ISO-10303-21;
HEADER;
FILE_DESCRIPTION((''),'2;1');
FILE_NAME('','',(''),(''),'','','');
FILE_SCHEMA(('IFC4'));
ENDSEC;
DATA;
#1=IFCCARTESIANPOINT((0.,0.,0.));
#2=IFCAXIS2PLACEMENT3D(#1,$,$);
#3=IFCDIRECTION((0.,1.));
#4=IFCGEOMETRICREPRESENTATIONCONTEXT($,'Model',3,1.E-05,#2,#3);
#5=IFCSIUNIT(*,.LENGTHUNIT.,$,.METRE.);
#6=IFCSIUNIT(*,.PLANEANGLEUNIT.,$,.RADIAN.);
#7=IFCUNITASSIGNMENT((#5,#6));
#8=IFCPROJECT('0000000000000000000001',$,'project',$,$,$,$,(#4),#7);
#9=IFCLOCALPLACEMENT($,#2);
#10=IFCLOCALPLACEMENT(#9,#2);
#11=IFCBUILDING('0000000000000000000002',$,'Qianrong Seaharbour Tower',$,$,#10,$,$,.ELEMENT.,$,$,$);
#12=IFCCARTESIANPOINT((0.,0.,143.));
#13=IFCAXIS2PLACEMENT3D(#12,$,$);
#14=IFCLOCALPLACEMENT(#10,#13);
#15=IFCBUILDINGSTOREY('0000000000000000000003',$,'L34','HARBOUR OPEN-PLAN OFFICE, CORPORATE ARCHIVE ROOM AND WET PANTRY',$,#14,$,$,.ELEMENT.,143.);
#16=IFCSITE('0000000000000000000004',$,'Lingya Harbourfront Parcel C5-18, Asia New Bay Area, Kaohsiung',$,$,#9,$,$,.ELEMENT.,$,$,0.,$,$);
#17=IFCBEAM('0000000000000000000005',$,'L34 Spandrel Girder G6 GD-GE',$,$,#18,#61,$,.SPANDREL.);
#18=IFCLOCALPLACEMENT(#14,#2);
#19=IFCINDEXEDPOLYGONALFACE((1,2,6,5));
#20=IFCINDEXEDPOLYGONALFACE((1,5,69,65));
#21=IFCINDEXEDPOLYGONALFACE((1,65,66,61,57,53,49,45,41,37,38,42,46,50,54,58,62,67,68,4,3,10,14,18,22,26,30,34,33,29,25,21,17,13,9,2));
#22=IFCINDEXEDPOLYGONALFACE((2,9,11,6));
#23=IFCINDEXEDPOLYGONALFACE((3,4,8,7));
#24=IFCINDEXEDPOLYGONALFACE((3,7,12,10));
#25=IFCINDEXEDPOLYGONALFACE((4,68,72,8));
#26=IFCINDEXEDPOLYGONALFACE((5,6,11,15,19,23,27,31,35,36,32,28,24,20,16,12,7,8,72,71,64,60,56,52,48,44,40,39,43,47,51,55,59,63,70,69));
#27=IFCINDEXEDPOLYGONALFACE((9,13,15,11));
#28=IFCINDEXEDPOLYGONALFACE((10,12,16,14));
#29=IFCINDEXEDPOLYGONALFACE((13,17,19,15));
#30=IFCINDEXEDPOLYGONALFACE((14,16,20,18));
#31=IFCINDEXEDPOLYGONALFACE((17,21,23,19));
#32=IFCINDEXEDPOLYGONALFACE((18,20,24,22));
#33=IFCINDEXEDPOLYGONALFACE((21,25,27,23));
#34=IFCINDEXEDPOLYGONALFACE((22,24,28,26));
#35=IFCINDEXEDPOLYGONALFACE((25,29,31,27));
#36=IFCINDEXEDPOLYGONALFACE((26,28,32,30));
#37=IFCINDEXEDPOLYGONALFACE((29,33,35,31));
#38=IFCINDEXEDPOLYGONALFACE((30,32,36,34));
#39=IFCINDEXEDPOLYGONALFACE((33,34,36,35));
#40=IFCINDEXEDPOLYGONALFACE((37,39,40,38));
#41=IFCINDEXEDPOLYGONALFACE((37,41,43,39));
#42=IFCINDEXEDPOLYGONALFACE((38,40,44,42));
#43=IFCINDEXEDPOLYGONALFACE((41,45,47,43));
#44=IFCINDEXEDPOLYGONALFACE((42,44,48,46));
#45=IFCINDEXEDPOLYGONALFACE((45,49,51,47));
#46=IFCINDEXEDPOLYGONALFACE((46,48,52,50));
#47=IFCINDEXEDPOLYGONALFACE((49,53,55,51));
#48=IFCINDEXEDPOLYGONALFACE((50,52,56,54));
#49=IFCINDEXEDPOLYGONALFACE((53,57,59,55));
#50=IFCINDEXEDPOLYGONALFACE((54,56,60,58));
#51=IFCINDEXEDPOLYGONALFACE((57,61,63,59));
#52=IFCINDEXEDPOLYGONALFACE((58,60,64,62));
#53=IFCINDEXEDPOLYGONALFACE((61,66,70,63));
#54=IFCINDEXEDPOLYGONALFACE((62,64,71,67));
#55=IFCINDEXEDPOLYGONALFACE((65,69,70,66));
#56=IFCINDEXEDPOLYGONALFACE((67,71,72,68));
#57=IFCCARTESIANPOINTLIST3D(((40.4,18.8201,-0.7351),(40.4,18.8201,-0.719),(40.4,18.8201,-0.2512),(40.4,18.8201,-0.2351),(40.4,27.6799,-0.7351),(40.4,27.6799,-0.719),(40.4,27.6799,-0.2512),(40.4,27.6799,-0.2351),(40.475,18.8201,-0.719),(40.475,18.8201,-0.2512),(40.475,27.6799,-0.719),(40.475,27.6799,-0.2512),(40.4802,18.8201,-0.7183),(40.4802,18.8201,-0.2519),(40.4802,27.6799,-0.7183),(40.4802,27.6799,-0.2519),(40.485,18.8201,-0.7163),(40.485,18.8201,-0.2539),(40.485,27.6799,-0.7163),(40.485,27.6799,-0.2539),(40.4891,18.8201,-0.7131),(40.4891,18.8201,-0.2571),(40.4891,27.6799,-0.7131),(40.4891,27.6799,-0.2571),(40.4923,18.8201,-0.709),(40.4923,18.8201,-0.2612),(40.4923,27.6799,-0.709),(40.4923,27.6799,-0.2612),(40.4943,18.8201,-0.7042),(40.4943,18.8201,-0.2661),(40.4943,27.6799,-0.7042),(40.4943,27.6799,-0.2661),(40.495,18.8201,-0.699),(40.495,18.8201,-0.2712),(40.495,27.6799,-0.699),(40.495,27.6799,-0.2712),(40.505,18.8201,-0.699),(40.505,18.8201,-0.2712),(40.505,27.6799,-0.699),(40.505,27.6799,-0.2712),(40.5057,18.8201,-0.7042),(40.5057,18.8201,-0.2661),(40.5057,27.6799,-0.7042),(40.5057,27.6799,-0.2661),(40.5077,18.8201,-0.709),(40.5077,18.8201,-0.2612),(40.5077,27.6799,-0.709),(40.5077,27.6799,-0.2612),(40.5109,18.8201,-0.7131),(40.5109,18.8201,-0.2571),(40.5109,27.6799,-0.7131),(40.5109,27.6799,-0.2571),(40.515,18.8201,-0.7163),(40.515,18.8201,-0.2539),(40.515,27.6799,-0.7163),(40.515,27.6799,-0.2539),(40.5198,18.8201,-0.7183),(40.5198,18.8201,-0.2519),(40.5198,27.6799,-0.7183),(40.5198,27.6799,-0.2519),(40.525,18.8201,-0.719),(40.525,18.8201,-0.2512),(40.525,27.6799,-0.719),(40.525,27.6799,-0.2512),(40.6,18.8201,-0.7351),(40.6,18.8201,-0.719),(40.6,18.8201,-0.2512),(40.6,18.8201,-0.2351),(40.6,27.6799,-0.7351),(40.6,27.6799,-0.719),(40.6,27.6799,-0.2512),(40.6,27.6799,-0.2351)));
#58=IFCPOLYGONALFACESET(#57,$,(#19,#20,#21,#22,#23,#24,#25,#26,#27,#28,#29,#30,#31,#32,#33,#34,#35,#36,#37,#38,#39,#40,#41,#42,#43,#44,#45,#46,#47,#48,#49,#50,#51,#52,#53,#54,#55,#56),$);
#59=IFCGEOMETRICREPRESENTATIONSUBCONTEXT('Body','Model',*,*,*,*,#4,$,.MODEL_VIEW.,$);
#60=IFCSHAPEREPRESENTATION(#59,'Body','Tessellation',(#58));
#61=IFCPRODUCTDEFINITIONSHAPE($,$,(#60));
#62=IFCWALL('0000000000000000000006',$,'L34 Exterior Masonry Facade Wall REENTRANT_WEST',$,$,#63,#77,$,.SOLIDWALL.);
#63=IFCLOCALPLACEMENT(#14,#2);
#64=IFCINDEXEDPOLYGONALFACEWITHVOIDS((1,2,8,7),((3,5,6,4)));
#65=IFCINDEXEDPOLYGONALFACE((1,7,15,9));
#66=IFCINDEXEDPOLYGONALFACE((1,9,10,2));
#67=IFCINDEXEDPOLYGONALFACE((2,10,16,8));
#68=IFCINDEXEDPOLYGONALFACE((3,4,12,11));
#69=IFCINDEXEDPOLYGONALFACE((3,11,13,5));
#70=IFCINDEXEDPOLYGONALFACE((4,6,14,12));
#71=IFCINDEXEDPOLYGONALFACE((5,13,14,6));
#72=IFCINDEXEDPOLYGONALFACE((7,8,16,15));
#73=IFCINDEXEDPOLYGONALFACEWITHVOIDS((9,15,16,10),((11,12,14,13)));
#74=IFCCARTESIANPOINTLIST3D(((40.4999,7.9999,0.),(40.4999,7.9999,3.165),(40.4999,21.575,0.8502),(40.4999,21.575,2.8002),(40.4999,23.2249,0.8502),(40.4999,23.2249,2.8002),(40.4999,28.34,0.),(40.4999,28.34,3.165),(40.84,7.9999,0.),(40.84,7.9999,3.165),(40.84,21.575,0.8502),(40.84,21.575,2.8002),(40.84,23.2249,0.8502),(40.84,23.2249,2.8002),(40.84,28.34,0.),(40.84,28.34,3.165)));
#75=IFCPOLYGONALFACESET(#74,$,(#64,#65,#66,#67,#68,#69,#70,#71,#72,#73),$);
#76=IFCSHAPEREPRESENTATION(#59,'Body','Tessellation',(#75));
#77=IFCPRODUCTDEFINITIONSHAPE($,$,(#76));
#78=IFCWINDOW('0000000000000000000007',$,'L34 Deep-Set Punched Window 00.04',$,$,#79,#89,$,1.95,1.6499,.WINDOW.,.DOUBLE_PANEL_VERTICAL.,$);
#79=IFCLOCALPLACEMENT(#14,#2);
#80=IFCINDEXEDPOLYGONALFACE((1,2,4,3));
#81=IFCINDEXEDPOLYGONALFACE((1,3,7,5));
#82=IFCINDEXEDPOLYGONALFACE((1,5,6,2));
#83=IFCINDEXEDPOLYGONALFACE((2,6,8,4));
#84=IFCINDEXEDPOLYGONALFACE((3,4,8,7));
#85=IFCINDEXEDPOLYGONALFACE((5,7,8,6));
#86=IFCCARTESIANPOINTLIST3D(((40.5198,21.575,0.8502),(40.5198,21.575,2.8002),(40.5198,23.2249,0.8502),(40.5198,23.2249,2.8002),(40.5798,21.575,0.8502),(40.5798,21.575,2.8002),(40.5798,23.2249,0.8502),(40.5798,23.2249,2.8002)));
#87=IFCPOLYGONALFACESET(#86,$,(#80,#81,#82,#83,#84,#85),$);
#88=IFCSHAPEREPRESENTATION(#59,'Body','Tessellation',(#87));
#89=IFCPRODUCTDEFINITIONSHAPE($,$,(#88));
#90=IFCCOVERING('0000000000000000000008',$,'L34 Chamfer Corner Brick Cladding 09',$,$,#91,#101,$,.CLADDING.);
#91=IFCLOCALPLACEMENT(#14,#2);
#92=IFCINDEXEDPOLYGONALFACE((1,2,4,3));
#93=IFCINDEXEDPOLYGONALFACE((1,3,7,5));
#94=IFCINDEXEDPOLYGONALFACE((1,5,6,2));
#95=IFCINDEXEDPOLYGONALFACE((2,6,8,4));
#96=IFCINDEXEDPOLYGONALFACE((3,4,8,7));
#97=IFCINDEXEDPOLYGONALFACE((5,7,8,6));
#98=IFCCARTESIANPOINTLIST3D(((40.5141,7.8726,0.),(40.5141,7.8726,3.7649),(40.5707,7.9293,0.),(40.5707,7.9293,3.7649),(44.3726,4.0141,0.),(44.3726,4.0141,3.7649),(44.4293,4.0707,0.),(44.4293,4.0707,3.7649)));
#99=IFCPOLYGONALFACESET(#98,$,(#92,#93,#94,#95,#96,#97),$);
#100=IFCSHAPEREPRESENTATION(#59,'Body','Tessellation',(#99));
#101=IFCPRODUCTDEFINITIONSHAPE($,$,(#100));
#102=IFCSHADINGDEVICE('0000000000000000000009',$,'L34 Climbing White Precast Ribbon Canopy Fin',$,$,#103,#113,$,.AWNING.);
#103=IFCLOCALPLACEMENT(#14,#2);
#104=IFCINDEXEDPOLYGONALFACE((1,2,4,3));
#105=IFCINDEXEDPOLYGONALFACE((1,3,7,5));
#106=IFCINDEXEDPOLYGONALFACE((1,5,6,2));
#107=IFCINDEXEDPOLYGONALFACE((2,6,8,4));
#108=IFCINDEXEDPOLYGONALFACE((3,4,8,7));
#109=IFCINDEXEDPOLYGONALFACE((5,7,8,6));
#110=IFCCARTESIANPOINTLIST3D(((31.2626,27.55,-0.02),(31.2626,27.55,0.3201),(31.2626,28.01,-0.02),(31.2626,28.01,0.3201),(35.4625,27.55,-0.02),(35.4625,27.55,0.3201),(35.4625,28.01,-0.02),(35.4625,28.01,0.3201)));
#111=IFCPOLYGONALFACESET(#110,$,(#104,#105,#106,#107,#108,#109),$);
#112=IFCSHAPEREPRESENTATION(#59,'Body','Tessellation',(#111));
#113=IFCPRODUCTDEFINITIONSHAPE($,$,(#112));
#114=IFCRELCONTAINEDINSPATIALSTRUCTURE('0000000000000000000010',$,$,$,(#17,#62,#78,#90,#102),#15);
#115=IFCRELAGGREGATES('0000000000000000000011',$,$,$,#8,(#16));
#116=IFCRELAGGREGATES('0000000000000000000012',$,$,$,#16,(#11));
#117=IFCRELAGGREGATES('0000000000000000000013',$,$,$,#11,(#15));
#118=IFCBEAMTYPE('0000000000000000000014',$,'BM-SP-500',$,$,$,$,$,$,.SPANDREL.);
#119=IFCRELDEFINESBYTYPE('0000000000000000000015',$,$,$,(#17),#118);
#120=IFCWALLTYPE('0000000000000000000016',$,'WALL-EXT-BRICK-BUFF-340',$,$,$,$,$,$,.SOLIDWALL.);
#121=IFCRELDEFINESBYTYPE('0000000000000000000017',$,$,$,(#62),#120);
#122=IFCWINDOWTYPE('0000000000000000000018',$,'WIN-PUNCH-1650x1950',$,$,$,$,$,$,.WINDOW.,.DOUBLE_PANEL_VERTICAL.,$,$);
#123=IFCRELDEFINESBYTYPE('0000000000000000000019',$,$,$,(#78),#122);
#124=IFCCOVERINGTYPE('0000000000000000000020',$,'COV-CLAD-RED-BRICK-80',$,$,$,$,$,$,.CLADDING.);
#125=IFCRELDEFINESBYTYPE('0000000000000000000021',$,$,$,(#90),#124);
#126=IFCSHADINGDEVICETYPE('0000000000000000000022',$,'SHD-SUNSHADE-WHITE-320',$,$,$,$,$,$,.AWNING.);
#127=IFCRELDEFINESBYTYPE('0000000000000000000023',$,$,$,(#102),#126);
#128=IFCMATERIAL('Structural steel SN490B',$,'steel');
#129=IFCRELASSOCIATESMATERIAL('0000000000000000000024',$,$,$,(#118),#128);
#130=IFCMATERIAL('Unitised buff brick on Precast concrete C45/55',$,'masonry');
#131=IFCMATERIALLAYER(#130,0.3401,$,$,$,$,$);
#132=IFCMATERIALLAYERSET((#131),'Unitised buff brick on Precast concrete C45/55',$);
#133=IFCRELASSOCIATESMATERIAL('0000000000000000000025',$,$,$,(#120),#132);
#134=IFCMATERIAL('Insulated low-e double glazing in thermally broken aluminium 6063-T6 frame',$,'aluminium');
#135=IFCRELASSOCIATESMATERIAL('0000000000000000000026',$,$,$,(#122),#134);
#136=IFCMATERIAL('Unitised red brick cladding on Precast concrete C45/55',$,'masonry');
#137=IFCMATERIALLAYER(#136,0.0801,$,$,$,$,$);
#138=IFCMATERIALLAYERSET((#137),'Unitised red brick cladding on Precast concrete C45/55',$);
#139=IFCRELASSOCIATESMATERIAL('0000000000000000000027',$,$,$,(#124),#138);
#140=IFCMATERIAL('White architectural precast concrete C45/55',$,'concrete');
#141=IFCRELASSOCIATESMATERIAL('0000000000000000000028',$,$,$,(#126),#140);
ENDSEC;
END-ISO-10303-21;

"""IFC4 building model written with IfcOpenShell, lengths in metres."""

from ifc_helpers import new_model, si_unit, direction, frame, frame_2d, origin, origin_2d, place, context, subcontext, project, spatial, rectangle, i_section, extrude, material, layer, layer_set, material_profile, profile_set, type_object, element, fill, save


model = new_model("IFC4")

# Units and contexts
model_context = context("Model", 3, precision=1e-05, world=origin(), true_north=direction((0.0, 1.0)))
body_context = subcontext(model_context, "Body", "Model", "MODEL_VIEW")
ifc_project = project(units=[si_unit("LENGTHUNIT", "METRE"), si_unit("PLANEANGLEUNIT", "RADIAN")], contexts=[model_context])

# Site, building, storey
site_placement = place(None, origin())
site = spatial("IfcSite", under=ifc_project, at=site_placement, Name="Lingya Harbourfront Parcel C5-18, Asia New Bay Area, Kaohsiung", CompositionType="ELEMENT", RefElevation=0.0)
building_placement = place(site_placement, origin())
building = spatial("IfcBuilding", under=site, at=building_placement, Name="Qianrong Seaharbour Tower", CompositionType="ELEMENT")
storey_placement = place(building_placement, frame((0.0, 0.0, 143.0)))
storey = spatial("IfcBuildingStorey", under=building, at=storey_placement, Name="L34", Description="HARBOUR OPEN-PLAN OFFICE, CORPORATE ARCHIVE ROOM AND WET PANTRY", CompositionType="ELEMENT", Elevation=143.0)

# Shared definitions
ifc_material_1 = material(Name="Structural steel SN490B", Category="steel")

# Beam
ifc_material_profile_1 = material_profile(ifc_material_1, i_section(OverallWidth=0.2, OverallDepth=0.5, WebThickness=0.01, FlangeThickness=0.0161, FilletRadius=0.02, at=origin_2d()), Name="H500x200x10x16")
ifc_profile_set_1 = profile_set([ifc_material_profile_1], Name="Structural steel SN490B")
beam_type_1 = type_object("IfcBeamType", Name="BM-SP-500", PredefinedType="SPANDREL", material=ifc_profile_set_1)
beam_1_placement = place(storey_placement, frame((40.5, 18.8201, -0.4851), z_axis=(0.0, 1.0, 0.0), x_axis=(-1.0, 0.0, 0.0)))
element("IfcBeam", 1, at=beam_1_placement, inside=storey, type_object=beam_type_1, Name="L34 Spandrel Girder G6 GD-GE", PredefinedType="SPANDREL", context=body_context, shape_type="SweptSolid", body=[
    extrude(i_section(OverallWidth=0.2, OverallDepth=0.5, WebThickness=0.01, FlangeThickness=0.0161, FilletRadius=0.02, at=origin_2d()), origin(), (0.0, 0.0, 1.0), 8.8599),
])

# Wall, opening, window
ifc_material_2 = material(Name="Unitised buff brick on Precast concrete C45/55", Category="masonry")
ifc_layer_1 = layer(ifc_material_2, 0.3401)
ifc_layer_set_1 = layer_set([ifc_layer_1], Name="Unitised buff brick on Precast concrete C45/55")
wall_type = type_object("IfcWallType", Name="WALL-EXT-BRICK-BUFF-340", PredefinedType="SOLIDWALL", material=ifc_layer_set_1)
wall_placement = place(storey_placement, frame((40.6699, 8.0, 0.0), z_axis=(0.0, 0.0, 1.0), x_axis=(0.0, 1.0, 0.0)))
wall = element("IfcWall", 2, at=wall_placement, inside=storey, type_object=wall_type, Name="L34 Exterior Masonry Facade Wall REENTRANT_WEST", PredefinedType="SOLIDWALL", context=body_context, shape_type="SweptSolid", body=[
    extrude(rectangle(XDim=20.3401, YDim=0.3401, at=frame_2d((10.1699, 0.0))), origin(), (0.0, 0.0, 1.0), 3.165),
])
opening_placement = place(wall_placement, frame((13.575, 0.0, 0.8501)))
opening = element("IfcOpeningElement", 3, at=opening_placement, cuts=wall, PredefinedType="OPENING", context=body_context, shape_type="SweptSolid", body=[
    extrude(rectangle(XDim=1.6499, YDim=1.95, at=frame_2d((0.825, 0.9751))), frame((0.0, 0.1802, 0.0), z_axis=(0.0, -1.0, 0.0), x_axis=(1.0, 0.0, 0.0)), (0.0, 0.0, 1.0), 0.3601),
])
ifc_material_3 = material(Name="Insulated low-e double glazing in thermally broken aluminium 6063-T6 frame", Category="aluminium")
window_type = type_object("IfcWindowType", Name="WIN-PUNCH-1650x1950", PartitioningType="DOUBLE_PANEL_VERTICAL", PredefinedType="WINDOW", material=ifc_material_3)
window_placement = place(opening_placement, origin())
window = element("IfcWindow", 4, at=window_placement, inside=storey, type_object=window_type, Name="L34 Deep-Set Punched Window 00.04", OverallHeight=1.95, OverallWidth=1.6499, PartitioningType="DOUBLE_PANEL_VERTICAL", PredefinedType="WINDOW", context=body_context, shape_type="SweptSolid", body=[
    extrude(rectangle(XDim=1.6499, YDim=1.95, at=frame_2d((0.825, 0.9751))), frame((0.0, 0.1501, 0.0), z_axis=(0.0, -1.0, 0.0), x_axis=(1.0, 0.0, 0.0)), (0.0, 0.0, 1.0), 0.0601),
])
fill(opening, window)

# Covering
ifc_material_4 = material(Name="Unitised red brick cladding on Precast concrete C45/55", Category="masonry")
ifc_layer_2 = layer(ifc_material_4, 0.0801)
ifc_layer_set_2 = layer_set([ifc_layer_2], Name="Unitised red brick cladding on Precast concrete C45/55")
covering_type = type_object("IfcCoveringType", Name="COV-CLAD-RED-BRICK-80", PredefinedType="CLADDING", material=ifc_layer_set_2)
covering_placement = place(storey_placement, frame((42.4717, 5.9717, 0.0), z_axis=(0.0, 0.0, 1.0), x_axis=(-0.707107, 0.707107, 0.0)))
element("IfcCovering", 5, at=covering_placement, inside=storey, type_object=covering_type, Name="L34 Chamfer Corner Brick Cladding 09", PredefinedType="CLADDING", context=body_context, shape_type="SweptSolid", body=[
    extrude(rectangle(XDim=5.4568, YDim=0.0801, at=origin_2d()), origin(), (0.0, 0.0, 1.0), 3.7649),
])

# Shading device
ifc_material_5 = material(Name="White architectural precast concrete C45/55", Category="concrete")
shading_device_type = type_object("IfcShadingDeviceType", Name="SHD-SUNSHADE-WHITE-320", PredefinedType="AWNING", material=ifc_material_5)
shading_device_placement = place(storey_placement, frame((33.3625, 27.78, -0.02), z_axis=(0.0, 0.0, 1.0), x_axis=(1.0, 0.0, 0.0)))
element("IfcShadingDevice", 6, at=shading_device_placement, inside=storey, type_object=shading_device_type, Name="L34 Climbing White Precast Ribbon Canopy Fin", PredefinedType="AWNING", context=body_context, shape_type="SweptSolid", body=[
    extrude(rectangle(XDim=4.2, YDim=0.46, at=origin_2d()), origin(), (0.0, 0.0, 1.0), 0.3401),
])

save(model, "model.ifc")
